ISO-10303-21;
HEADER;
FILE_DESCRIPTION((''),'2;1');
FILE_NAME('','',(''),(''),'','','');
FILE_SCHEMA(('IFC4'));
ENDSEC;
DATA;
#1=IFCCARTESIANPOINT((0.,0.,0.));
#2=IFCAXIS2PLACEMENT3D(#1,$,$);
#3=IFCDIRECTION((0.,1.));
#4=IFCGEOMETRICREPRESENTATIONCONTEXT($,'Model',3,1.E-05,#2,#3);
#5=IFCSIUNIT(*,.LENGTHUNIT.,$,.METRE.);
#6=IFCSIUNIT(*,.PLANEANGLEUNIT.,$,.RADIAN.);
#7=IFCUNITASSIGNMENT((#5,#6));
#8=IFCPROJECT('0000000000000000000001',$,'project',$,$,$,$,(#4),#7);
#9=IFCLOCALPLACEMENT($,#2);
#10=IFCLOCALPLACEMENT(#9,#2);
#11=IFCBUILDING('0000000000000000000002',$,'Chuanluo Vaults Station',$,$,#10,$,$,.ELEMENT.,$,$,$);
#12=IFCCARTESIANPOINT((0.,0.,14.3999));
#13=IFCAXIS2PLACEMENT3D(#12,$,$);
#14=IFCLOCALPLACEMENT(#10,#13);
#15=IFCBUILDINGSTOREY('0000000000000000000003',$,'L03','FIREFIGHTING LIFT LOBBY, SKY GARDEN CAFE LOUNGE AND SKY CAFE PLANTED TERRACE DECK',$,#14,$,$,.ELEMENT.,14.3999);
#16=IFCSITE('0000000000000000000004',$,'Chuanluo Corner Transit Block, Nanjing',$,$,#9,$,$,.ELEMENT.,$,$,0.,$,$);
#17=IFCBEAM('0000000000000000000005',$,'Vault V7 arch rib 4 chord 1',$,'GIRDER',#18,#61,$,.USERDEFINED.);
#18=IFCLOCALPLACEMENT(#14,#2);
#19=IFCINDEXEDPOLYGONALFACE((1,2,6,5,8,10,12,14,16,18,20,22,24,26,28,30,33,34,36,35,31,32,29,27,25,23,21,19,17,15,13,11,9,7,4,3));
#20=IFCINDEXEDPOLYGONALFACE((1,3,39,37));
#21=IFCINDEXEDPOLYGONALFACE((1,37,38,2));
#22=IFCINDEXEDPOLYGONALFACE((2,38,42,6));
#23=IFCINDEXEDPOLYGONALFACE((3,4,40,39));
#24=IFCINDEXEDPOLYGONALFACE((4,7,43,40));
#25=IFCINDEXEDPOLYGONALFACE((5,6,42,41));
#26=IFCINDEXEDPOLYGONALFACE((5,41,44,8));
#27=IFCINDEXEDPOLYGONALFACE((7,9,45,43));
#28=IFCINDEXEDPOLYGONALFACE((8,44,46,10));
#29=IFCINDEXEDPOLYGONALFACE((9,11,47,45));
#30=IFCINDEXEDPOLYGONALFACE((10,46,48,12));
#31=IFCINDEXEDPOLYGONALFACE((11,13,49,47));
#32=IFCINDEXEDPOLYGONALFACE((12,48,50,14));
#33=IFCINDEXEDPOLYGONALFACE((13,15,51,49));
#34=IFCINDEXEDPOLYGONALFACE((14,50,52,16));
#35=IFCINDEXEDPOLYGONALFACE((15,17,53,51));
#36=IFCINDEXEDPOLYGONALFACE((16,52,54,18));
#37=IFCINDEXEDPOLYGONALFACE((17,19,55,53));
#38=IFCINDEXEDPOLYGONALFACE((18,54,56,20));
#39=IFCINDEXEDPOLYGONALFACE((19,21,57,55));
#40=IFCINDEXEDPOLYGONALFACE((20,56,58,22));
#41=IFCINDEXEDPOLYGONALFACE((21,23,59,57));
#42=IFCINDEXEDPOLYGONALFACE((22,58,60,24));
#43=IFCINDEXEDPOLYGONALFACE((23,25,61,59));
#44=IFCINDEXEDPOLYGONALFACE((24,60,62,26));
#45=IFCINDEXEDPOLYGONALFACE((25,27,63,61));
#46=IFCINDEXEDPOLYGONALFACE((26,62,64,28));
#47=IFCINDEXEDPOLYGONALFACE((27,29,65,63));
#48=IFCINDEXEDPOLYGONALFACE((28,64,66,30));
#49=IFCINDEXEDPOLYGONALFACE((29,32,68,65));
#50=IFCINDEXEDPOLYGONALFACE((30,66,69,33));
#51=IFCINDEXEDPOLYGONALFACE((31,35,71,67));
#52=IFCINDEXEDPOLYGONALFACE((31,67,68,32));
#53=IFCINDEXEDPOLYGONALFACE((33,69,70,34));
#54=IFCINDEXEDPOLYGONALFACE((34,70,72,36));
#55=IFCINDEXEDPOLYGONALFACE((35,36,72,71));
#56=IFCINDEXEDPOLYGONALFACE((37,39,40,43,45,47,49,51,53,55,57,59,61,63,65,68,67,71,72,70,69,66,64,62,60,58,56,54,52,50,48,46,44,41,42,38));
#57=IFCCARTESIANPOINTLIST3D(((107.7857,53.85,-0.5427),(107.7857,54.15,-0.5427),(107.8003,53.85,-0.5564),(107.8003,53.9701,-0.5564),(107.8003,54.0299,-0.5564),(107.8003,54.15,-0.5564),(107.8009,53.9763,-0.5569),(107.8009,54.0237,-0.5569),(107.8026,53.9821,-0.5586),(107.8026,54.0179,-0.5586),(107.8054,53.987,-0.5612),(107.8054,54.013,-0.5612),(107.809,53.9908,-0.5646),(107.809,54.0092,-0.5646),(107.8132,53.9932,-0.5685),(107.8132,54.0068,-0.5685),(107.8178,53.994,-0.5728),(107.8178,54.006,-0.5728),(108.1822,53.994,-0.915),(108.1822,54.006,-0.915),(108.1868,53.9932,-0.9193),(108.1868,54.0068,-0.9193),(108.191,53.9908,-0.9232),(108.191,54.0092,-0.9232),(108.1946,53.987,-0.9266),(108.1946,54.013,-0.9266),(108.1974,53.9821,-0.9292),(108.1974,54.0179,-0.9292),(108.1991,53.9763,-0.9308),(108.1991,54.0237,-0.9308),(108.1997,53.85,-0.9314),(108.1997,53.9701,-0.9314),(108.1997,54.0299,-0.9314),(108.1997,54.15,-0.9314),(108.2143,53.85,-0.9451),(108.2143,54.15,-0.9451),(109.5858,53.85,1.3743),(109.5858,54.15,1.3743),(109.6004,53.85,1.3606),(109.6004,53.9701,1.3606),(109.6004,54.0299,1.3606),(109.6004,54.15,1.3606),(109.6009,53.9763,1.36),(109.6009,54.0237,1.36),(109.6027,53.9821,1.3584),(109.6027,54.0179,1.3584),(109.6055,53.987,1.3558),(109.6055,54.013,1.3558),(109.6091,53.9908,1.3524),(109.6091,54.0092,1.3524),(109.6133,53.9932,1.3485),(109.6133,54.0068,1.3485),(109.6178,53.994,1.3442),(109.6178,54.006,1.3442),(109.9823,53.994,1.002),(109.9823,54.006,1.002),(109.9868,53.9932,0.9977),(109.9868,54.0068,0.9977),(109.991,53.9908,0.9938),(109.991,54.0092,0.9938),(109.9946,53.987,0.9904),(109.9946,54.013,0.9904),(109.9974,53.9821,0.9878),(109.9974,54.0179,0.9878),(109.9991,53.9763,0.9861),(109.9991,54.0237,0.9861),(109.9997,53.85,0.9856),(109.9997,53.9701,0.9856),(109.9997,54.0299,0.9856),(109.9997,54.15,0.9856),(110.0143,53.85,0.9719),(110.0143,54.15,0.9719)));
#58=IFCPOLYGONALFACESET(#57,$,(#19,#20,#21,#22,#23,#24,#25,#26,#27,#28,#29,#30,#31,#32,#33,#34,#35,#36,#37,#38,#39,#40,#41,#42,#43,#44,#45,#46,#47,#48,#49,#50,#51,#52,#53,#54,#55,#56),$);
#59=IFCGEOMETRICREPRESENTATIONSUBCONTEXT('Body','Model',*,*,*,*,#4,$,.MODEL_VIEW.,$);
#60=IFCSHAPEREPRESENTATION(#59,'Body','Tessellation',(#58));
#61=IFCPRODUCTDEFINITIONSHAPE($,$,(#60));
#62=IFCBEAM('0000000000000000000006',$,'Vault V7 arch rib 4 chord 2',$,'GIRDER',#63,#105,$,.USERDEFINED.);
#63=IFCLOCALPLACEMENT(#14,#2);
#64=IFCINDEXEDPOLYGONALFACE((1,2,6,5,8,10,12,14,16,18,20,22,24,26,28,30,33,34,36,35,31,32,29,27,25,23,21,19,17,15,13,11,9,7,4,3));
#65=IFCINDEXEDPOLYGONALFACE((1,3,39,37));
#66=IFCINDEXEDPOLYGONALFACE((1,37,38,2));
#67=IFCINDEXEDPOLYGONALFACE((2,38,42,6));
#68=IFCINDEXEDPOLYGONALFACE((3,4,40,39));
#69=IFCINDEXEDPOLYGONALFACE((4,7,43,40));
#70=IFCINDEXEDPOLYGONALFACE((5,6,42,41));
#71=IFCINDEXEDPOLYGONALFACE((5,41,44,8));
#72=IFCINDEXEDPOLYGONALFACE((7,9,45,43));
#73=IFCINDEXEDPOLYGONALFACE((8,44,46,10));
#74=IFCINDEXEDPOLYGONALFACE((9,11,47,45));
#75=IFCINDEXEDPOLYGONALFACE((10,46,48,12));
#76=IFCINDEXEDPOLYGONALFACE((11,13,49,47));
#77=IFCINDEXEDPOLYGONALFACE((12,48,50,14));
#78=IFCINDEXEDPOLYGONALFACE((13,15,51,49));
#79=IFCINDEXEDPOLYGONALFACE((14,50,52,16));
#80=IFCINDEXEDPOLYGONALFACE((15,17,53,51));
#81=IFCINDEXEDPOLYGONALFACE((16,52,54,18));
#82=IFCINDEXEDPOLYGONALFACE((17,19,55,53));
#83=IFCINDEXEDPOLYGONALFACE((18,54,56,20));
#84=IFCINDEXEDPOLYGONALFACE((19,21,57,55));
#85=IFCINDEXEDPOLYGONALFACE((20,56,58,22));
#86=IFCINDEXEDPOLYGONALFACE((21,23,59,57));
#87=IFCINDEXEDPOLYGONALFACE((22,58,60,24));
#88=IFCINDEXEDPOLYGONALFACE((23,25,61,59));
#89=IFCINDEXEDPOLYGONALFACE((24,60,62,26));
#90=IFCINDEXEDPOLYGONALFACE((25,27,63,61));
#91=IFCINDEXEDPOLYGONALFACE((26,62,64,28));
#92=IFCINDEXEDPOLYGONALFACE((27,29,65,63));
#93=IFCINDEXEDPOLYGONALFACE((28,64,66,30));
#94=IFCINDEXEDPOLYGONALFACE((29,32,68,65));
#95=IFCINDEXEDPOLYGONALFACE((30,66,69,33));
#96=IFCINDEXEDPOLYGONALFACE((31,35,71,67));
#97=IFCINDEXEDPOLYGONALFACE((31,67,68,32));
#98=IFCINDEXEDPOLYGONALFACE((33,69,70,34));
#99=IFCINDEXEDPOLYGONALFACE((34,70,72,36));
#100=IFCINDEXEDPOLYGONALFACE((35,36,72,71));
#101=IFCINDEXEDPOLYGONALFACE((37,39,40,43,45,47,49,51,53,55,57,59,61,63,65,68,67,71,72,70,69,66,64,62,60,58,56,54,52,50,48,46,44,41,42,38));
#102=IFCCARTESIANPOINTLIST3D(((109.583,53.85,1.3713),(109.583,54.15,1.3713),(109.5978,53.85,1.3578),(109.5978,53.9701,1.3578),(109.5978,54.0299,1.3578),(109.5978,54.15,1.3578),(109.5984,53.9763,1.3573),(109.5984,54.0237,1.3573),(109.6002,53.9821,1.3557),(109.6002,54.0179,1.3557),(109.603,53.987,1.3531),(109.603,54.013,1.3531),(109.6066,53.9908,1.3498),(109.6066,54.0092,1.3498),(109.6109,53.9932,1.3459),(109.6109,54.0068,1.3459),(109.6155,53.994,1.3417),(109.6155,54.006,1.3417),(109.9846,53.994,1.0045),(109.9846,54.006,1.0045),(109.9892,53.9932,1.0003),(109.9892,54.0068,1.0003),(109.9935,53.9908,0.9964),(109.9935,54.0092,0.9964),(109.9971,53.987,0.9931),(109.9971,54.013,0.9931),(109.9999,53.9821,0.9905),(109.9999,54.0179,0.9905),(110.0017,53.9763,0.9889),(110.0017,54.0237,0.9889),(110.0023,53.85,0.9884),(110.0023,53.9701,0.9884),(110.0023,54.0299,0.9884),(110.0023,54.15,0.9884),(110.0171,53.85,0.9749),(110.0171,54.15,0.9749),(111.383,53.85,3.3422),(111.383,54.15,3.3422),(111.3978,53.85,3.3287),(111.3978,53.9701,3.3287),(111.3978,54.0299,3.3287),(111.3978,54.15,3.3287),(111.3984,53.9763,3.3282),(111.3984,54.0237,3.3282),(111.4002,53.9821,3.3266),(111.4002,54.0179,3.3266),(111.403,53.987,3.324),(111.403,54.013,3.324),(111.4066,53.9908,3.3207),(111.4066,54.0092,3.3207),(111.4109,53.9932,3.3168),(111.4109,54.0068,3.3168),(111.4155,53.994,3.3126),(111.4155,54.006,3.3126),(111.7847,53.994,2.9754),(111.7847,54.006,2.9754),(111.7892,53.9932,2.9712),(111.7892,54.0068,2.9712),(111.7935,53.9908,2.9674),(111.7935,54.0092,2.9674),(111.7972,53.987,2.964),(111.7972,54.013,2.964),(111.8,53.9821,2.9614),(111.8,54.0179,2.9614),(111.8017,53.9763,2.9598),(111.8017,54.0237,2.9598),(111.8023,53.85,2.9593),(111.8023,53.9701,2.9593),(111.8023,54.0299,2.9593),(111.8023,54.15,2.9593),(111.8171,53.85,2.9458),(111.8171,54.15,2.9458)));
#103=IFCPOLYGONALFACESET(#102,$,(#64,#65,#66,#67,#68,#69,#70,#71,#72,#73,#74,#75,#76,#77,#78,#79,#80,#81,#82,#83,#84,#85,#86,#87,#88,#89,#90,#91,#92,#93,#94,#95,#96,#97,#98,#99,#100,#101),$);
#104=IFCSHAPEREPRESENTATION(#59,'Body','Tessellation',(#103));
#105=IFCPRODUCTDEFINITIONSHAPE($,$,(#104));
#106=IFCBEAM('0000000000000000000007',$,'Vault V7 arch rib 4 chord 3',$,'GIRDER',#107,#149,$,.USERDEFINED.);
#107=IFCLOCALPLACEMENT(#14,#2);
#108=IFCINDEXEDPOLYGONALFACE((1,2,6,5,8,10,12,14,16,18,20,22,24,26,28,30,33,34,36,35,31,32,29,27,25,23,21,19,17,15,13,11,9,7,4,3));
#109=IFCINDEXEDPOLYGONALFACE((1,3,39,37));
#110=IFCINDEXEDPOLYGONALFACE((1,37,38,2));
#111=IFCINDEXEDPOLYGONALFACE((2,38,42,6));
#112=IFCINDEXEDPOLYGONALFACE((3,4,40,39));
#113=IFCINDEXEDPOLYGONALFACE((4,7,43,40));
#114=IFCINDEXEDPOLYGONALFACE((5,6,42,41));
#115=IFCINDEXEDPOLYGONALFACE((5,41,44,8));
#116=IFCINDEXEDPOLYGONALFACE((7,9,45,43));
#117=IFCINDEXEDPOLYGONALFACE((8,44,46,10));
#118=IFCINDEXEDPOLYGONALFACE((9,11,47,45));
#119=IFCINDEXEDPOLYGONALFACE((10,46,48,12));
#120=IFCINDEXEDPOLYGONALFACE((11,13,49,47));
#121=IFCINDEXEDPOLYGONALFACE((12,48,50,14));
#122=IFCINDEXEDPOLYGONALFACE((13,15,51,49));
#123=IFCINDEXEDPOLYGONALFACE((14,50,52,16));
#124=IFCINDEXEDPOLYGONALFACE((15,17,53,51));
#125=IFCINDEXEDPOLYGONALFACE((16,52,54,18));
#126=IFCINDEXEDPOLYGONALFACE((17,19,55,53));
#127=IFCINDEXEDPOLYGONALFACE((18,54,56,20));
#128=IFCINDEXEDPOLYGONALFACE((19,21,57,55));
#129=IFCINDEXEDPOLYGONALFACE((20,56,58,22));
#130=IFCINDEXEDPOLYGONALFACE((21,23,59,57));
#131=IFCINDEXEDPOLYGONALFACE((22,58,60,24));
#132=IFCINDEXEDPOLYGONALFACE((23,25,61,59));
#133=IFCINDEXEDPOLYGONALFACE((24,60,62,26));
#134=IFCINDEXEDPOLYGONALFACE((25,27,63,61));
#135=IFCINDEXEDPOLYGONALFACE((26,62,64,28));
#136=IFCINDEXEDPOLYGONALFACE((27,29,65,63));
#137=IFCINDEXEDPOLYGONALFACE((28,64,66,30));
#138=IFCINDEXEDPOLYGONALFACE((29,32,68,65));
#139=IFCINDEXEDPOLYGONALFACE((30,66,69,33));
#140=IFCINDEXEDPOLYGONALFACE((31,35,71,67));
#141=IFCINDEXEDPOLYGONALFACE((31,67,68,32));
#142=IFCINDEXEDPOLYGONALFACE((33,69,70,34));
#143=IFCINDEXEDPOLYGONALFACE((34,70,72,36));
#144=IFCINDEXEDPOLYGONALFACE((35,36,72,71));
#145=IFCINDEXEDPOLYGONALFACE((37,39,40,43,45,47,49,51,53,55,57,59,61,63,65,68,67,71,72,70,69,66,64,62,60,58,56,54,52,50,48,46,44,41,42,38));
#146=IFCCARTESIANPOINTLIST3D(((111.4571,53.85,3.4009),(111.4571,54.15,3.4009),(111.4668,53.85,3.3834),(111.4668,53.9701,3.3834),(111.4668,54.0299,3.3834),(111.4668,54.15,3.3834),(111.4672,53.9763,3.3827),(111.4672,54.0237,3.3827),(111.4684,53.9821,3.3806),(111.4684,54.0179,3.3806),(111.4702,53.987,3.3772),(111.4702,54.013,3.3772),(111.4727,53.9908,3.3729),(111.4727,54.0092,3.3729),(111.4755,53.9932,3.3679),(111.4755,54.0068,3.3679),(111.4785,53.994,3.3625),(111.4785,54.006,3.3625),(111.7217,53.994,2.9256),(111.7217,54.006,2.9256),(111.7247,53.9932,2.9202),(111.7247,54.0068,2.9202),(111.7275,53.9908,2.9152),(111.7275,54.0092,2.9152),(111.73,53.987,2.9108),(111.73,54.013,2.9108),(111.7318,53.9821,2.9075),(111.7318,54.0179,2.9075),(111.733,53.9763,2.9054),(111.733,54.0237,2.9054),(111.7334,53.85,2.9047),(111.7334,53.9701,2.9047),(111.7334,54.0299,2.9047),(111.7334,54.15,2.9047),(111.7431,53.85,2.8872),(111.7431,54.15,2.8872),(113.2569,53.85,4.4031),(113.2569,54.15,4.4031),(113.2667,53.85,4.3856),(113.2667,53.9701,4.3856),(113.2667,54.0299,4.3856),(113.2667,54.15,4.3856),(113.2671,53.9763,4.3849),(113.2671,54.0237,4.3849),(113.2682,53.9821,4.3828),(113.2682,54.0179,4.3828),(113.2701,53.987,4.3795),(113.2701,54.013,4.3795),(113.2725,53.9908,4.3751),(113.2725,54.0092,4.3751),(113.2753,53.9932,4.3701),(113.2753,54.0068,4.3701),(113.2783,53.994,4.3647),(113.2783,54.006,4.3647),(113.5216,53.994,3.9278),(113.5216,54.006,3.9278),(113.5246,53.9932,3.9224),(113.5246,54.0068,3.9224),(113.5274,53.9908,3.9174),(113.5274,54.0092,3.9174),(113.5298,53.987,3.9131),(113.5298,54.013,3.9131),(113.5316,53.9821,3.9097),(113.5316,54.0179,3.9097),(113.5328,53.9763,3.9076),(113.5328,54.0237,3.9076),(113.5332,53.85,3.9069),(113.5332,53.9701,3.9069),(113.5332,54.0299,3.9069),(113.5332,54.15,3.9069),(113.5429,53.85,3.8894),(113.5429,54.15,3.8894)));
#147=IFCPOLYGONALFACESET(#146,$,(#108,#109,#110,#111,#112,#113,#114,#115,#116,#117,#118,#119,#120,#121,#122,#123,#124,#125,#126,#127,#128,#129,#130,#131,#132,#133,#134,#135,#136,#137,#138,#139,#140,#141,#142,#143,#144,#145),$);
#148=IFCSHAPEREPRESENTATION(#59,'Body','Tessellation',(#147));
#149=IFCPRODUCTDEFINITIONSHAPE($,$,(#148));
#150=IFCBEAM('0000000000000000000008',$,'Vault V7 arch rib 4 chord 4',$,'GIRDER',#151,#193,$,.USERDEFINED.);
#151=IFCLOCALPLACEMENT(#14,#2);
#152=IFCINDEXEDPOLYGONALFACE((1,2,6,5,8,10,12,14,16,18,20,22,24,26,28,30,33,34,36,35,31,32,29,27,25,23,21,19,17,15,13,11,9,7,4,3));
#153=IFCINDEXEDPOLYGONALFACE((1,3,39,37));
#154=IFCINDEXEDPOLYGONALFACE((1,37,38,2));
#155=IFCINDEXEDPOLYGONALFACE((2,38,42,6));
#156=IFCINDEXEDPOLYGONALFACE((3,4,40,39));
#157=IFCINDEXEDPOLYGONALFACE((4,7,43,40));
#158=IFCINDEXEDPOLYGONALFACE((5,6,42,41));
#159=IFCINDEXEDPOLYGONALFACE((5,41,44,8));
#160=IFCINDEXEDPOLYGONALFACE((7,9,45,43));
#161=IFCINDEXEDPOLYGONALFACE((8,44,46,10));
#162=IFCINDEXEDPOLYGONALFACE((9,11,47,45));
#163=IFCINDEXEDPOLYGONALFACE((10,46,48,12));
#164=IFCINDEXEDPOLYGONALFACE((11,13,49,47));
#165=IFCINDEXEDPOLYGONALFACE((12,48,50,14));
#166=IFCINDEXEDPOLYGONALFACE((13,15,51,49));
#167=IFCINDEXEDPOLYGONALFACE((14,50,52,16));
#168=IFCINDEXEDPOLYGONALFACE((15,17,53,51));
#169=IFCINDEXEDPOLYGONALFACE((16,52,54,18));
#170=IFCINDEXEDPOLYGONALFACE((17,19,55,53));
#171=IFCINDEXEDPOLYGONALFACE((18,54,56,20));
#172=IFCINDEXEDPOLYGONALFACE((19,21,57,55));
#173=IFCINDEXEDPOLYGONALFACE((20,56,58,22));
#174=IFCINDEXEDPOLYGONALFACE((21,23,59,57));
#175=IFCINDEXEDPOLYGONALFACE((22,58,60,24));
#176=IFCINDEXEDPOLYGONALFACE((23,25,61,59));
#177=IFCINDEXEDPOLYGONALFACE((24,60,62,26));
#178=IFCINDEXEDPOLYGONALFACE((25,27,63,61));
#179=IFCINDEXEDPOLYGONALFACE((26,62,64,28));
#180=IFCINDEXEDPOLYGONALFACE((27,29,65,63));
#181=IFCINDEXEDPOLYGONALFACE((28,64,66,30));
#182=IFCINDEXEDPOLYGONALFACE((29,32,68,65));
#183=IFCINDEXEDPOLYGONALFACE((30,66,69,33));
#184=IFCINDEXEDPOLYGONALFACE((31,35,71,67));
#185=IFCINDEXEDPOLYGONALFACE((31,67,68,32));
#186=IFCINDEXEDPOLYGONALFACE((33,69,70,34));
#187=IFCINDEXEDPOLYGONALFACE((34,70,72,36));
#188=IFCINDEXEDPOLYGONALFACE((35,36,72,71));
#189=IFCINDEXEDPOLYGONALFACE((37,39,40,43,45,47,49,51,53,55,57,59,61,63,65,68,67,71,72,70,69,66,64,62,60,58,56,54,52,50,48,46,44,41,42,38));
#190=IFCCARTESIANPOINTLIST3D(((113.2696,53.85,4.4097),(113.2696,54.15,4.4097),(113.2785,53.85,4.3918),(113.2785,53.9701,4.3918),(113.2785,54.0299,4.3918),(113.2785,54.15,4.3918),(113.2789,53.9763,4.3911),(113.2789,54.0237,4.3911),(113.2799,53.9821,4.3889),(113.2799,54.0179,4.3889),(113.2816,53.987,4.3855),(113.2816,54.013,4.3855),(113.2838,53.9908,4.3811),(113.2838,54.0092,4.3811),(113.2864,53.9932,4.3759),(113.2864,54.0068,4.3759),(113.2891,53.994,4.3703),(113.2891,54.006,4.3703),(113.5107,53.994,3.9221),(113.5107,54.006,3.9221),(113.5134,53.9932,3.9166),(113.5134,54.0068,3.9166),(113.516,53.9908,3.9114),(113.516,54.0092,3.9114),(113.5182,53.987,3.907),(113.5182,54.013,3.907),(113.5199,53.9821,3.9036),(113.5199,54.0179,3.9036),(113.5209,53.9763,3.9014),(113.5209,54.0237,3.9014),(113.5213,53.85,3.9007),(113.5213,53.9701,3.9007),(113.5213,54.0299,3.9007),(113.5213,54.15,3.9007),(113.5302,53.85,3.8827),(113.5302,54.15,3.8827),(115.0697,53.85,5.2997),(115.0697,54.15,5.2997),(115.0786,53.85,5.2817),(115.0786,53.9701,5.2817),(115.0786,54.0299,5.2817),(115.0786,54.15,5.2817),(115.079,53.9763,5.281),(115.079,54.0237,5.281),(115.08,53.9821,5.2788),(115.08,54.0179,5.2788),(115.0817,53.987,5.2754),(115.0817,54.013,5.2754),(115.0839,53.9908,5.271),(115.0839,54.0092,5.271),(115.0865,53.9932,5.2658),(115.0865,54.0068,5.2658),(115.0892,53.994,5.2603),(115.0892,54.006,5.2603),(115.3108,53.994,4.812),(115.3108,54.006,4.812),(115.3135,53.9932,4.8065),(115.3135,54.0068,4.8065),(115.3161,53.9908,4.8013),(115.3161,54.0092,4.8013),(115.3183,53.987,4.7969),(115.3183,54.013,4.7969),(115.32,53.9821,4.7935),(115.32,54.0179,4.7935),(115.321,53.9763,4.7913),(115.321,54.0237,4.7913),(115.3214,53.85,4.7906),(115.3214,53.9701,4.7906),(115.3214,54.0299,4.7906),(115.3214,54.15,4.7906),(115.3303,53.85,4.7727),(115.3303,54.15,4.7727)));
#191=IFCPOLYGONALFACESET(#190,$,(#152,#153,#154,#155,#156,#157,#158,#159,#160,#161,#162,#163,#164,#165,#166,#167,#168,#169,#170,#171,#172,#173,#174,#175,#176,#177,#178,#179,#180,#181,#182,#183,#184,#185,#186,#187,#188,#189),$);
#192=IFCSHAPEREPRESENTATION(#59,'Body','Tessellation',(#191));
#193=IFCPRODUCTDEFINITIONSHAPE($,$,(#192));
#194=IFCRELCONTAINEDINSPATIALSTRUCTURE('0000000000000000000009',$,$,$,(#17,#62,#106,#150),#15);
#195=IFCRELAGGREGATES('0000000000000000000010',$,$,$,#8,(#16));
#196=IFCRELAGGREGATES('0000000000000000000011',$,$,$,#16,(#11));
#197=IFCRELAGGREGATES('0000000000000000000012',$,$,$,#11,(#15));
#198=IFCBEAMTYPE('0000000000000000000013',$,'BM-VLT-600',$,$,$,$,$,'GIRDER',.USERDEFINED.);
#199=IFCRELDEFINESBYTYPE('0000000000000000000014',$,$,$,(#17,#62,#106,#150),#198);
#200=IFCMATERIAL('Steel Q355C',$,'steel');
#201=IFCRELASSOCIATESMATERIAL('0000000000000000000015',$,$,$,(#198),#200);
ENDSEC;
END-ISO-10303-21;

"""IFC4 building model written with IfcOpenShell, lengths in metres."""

from ifc_helpers import new_model, si_unit, direction, frame, origin, origin_2d, place, context, subcontext, project, spatial, i_section, extrude, material, material_profile, profile_set, type_object, element, save


model = new_model("IFC4")

# Units and contexts
model_context = context("Model", 3, precision=1e-05, world=origin(), true_north=direction((0.0, 1.0)))
body_context = subcontext(model_context, "Body", "Model", "MODEL_VIEW")
ifc_project = project(units=[si_unit("LENGTHUNIT", "METRE"), si_unit("PLANEANGLEUNIT", "RADIAN")], contexts=[model_context])

# Site, building, storey
site_placement = place(None, origin())
site = spatial("IfcSite", under=ifc_project, at=site_placement, Name="Chuanluo Corner Transit Block, Nanjing", CompositionType="ELEMENT", RefElevation=0.0)
building_placement = place(site_placement, origin())
building = spatial("IfcBuilding", under=site, at=building_placement, Name="Chuanluo Vaults Station", CompositionType="ELEMENT")
storey_placement = place(building_placement, frame((0.0, 0.0, 14.3999)))
storey = spatial("IfcBuildingStorey", under=building, at=storey_placement, Name="L03", Description="FIREFIGHTING LIFT LOBBY, SKY GARDEN CAFE LOUNGE AND SKY CAFE PLANTED TERRACE DECK", CompositionType="ELEMENT", Elevation=14.3999)

# Beams
ifc_material_1 = material(Name="Steel Q355C", Category="steel")
ifc_material_profile_1 = material_profile(ifc_material_1, i_section(OverallWidth=0.3, OverallDepth=0.5879, WebThickness=0.012, FlangeThickness=0.02, FilletRadius=0.0239, at=origin_2d()))
ifc_profile_set_1 = profile_set([ifc_material_profile_1], Name="Steel Q355C")
beam_type_1 = type_object("IfcBeamType", Name="BM-VLT-600", ElementType="GIRDER", PredefinedType="USERDEFINED", material=ifc_profile_set_1)
beam_1_placement = place(storey_placement, frame((108.0, 54.0, -0.7439), z_axis=(0.684522, 0.0, 0.728993), x_axis=(0.0, 1.0, 0.0)))
element("IfcBeam", 1, at=beam_1_placement, inside=storey, type_object=beam_type_1, Name="Vault V7 arch rib 4 chord 1", ObjectType="GIRDER", PredefinedType="USERDEFINED", context=body_context, shape_type="SweptSolid", body=[
    extrude(i_section(OverallWidth=0.3, OverallDepth=0.5879, WebThickness=0.012, FlangeThickness=0.02, FilletRadius=0.0239, at=origin_2d()), origin(), (0.0, 0.0, 1.0), 2.6296),
])
beam_2_placement = place(storey_placement, frame((109.8, 54.0, 1.1731), z_axis=(0.674369, 0.0, 0.738394), x_axis=(0.0, 1.0, 0.0)))
element("IfcBeam", 2, at=beam_2_placement, inside=storey, type_object=beam_type_1, Name="Vault V7 arch rib 4 chord 2", ObjectType="GIRDER", PredefinedType="USERDEFINED", context=body_context, shape_type="SweptSolid", body=[
    extrude(i_section(OverallWidth=0.3, OverallDepth=0.5879, WebThickness=0.012, FlangeThickness=0.02, FilletRadius=0.0239, at=origin_2d()), origin(), (0.0, 0.0, 1.0), 2.6692),
])
beam_3_placement = place(storey_placement, frame((111.6001, 54.0, 3.144), z_axis=(0.873682, 0.0, 0.486498), x_axis=(0.0, 1.0, 0.0)))
element("IfcBeam", 3, at=beam_3_placement, inside=storey, type_object=beam_type_1, Name="Vault V7 arch rib 4 chord 3", ObjectType="GIRDER", PredefinedType="USERDEFINED", context=body_context, shape_type="SweptSolid", body=[
    extrude(i_section(OverallWidth=0.3, OverallDepth=0.5879, WebThickness=0.012, FlangeThickness=0.02, FilletRadius=0.0239, at=origin_2d()), origin(), (0.0, 0.0, 1.0), 2.0601),
])
beam_4_placement = place(storey_placement, frame((113.3999, 54.0, 4.1462), z_axis=(0.896436, 0.0, 0.443172), x_axis=(0.0, 1.0, 0.0)))
element("IfcBeam", 4, at=beam_4_placement, inside=storey, type_object=beam_type_1, Name="Vault V7 arch rib 4 chord 4", ObjectType="GIRDER", PredefinedType="USERDEFINED", context=body_context, shape_type="SweptSolid", body=[
    extrude(i_section(OverallWidth=0.3, OverallDepth=0.5879, WebThickness=0.012, FlangeThickness=0.02, FilletRadius=0.0239, at=origin_2d()), origin(), (0.0, 0.0, 1.0), 2.0081),
])

save(model, "model.ifc")
